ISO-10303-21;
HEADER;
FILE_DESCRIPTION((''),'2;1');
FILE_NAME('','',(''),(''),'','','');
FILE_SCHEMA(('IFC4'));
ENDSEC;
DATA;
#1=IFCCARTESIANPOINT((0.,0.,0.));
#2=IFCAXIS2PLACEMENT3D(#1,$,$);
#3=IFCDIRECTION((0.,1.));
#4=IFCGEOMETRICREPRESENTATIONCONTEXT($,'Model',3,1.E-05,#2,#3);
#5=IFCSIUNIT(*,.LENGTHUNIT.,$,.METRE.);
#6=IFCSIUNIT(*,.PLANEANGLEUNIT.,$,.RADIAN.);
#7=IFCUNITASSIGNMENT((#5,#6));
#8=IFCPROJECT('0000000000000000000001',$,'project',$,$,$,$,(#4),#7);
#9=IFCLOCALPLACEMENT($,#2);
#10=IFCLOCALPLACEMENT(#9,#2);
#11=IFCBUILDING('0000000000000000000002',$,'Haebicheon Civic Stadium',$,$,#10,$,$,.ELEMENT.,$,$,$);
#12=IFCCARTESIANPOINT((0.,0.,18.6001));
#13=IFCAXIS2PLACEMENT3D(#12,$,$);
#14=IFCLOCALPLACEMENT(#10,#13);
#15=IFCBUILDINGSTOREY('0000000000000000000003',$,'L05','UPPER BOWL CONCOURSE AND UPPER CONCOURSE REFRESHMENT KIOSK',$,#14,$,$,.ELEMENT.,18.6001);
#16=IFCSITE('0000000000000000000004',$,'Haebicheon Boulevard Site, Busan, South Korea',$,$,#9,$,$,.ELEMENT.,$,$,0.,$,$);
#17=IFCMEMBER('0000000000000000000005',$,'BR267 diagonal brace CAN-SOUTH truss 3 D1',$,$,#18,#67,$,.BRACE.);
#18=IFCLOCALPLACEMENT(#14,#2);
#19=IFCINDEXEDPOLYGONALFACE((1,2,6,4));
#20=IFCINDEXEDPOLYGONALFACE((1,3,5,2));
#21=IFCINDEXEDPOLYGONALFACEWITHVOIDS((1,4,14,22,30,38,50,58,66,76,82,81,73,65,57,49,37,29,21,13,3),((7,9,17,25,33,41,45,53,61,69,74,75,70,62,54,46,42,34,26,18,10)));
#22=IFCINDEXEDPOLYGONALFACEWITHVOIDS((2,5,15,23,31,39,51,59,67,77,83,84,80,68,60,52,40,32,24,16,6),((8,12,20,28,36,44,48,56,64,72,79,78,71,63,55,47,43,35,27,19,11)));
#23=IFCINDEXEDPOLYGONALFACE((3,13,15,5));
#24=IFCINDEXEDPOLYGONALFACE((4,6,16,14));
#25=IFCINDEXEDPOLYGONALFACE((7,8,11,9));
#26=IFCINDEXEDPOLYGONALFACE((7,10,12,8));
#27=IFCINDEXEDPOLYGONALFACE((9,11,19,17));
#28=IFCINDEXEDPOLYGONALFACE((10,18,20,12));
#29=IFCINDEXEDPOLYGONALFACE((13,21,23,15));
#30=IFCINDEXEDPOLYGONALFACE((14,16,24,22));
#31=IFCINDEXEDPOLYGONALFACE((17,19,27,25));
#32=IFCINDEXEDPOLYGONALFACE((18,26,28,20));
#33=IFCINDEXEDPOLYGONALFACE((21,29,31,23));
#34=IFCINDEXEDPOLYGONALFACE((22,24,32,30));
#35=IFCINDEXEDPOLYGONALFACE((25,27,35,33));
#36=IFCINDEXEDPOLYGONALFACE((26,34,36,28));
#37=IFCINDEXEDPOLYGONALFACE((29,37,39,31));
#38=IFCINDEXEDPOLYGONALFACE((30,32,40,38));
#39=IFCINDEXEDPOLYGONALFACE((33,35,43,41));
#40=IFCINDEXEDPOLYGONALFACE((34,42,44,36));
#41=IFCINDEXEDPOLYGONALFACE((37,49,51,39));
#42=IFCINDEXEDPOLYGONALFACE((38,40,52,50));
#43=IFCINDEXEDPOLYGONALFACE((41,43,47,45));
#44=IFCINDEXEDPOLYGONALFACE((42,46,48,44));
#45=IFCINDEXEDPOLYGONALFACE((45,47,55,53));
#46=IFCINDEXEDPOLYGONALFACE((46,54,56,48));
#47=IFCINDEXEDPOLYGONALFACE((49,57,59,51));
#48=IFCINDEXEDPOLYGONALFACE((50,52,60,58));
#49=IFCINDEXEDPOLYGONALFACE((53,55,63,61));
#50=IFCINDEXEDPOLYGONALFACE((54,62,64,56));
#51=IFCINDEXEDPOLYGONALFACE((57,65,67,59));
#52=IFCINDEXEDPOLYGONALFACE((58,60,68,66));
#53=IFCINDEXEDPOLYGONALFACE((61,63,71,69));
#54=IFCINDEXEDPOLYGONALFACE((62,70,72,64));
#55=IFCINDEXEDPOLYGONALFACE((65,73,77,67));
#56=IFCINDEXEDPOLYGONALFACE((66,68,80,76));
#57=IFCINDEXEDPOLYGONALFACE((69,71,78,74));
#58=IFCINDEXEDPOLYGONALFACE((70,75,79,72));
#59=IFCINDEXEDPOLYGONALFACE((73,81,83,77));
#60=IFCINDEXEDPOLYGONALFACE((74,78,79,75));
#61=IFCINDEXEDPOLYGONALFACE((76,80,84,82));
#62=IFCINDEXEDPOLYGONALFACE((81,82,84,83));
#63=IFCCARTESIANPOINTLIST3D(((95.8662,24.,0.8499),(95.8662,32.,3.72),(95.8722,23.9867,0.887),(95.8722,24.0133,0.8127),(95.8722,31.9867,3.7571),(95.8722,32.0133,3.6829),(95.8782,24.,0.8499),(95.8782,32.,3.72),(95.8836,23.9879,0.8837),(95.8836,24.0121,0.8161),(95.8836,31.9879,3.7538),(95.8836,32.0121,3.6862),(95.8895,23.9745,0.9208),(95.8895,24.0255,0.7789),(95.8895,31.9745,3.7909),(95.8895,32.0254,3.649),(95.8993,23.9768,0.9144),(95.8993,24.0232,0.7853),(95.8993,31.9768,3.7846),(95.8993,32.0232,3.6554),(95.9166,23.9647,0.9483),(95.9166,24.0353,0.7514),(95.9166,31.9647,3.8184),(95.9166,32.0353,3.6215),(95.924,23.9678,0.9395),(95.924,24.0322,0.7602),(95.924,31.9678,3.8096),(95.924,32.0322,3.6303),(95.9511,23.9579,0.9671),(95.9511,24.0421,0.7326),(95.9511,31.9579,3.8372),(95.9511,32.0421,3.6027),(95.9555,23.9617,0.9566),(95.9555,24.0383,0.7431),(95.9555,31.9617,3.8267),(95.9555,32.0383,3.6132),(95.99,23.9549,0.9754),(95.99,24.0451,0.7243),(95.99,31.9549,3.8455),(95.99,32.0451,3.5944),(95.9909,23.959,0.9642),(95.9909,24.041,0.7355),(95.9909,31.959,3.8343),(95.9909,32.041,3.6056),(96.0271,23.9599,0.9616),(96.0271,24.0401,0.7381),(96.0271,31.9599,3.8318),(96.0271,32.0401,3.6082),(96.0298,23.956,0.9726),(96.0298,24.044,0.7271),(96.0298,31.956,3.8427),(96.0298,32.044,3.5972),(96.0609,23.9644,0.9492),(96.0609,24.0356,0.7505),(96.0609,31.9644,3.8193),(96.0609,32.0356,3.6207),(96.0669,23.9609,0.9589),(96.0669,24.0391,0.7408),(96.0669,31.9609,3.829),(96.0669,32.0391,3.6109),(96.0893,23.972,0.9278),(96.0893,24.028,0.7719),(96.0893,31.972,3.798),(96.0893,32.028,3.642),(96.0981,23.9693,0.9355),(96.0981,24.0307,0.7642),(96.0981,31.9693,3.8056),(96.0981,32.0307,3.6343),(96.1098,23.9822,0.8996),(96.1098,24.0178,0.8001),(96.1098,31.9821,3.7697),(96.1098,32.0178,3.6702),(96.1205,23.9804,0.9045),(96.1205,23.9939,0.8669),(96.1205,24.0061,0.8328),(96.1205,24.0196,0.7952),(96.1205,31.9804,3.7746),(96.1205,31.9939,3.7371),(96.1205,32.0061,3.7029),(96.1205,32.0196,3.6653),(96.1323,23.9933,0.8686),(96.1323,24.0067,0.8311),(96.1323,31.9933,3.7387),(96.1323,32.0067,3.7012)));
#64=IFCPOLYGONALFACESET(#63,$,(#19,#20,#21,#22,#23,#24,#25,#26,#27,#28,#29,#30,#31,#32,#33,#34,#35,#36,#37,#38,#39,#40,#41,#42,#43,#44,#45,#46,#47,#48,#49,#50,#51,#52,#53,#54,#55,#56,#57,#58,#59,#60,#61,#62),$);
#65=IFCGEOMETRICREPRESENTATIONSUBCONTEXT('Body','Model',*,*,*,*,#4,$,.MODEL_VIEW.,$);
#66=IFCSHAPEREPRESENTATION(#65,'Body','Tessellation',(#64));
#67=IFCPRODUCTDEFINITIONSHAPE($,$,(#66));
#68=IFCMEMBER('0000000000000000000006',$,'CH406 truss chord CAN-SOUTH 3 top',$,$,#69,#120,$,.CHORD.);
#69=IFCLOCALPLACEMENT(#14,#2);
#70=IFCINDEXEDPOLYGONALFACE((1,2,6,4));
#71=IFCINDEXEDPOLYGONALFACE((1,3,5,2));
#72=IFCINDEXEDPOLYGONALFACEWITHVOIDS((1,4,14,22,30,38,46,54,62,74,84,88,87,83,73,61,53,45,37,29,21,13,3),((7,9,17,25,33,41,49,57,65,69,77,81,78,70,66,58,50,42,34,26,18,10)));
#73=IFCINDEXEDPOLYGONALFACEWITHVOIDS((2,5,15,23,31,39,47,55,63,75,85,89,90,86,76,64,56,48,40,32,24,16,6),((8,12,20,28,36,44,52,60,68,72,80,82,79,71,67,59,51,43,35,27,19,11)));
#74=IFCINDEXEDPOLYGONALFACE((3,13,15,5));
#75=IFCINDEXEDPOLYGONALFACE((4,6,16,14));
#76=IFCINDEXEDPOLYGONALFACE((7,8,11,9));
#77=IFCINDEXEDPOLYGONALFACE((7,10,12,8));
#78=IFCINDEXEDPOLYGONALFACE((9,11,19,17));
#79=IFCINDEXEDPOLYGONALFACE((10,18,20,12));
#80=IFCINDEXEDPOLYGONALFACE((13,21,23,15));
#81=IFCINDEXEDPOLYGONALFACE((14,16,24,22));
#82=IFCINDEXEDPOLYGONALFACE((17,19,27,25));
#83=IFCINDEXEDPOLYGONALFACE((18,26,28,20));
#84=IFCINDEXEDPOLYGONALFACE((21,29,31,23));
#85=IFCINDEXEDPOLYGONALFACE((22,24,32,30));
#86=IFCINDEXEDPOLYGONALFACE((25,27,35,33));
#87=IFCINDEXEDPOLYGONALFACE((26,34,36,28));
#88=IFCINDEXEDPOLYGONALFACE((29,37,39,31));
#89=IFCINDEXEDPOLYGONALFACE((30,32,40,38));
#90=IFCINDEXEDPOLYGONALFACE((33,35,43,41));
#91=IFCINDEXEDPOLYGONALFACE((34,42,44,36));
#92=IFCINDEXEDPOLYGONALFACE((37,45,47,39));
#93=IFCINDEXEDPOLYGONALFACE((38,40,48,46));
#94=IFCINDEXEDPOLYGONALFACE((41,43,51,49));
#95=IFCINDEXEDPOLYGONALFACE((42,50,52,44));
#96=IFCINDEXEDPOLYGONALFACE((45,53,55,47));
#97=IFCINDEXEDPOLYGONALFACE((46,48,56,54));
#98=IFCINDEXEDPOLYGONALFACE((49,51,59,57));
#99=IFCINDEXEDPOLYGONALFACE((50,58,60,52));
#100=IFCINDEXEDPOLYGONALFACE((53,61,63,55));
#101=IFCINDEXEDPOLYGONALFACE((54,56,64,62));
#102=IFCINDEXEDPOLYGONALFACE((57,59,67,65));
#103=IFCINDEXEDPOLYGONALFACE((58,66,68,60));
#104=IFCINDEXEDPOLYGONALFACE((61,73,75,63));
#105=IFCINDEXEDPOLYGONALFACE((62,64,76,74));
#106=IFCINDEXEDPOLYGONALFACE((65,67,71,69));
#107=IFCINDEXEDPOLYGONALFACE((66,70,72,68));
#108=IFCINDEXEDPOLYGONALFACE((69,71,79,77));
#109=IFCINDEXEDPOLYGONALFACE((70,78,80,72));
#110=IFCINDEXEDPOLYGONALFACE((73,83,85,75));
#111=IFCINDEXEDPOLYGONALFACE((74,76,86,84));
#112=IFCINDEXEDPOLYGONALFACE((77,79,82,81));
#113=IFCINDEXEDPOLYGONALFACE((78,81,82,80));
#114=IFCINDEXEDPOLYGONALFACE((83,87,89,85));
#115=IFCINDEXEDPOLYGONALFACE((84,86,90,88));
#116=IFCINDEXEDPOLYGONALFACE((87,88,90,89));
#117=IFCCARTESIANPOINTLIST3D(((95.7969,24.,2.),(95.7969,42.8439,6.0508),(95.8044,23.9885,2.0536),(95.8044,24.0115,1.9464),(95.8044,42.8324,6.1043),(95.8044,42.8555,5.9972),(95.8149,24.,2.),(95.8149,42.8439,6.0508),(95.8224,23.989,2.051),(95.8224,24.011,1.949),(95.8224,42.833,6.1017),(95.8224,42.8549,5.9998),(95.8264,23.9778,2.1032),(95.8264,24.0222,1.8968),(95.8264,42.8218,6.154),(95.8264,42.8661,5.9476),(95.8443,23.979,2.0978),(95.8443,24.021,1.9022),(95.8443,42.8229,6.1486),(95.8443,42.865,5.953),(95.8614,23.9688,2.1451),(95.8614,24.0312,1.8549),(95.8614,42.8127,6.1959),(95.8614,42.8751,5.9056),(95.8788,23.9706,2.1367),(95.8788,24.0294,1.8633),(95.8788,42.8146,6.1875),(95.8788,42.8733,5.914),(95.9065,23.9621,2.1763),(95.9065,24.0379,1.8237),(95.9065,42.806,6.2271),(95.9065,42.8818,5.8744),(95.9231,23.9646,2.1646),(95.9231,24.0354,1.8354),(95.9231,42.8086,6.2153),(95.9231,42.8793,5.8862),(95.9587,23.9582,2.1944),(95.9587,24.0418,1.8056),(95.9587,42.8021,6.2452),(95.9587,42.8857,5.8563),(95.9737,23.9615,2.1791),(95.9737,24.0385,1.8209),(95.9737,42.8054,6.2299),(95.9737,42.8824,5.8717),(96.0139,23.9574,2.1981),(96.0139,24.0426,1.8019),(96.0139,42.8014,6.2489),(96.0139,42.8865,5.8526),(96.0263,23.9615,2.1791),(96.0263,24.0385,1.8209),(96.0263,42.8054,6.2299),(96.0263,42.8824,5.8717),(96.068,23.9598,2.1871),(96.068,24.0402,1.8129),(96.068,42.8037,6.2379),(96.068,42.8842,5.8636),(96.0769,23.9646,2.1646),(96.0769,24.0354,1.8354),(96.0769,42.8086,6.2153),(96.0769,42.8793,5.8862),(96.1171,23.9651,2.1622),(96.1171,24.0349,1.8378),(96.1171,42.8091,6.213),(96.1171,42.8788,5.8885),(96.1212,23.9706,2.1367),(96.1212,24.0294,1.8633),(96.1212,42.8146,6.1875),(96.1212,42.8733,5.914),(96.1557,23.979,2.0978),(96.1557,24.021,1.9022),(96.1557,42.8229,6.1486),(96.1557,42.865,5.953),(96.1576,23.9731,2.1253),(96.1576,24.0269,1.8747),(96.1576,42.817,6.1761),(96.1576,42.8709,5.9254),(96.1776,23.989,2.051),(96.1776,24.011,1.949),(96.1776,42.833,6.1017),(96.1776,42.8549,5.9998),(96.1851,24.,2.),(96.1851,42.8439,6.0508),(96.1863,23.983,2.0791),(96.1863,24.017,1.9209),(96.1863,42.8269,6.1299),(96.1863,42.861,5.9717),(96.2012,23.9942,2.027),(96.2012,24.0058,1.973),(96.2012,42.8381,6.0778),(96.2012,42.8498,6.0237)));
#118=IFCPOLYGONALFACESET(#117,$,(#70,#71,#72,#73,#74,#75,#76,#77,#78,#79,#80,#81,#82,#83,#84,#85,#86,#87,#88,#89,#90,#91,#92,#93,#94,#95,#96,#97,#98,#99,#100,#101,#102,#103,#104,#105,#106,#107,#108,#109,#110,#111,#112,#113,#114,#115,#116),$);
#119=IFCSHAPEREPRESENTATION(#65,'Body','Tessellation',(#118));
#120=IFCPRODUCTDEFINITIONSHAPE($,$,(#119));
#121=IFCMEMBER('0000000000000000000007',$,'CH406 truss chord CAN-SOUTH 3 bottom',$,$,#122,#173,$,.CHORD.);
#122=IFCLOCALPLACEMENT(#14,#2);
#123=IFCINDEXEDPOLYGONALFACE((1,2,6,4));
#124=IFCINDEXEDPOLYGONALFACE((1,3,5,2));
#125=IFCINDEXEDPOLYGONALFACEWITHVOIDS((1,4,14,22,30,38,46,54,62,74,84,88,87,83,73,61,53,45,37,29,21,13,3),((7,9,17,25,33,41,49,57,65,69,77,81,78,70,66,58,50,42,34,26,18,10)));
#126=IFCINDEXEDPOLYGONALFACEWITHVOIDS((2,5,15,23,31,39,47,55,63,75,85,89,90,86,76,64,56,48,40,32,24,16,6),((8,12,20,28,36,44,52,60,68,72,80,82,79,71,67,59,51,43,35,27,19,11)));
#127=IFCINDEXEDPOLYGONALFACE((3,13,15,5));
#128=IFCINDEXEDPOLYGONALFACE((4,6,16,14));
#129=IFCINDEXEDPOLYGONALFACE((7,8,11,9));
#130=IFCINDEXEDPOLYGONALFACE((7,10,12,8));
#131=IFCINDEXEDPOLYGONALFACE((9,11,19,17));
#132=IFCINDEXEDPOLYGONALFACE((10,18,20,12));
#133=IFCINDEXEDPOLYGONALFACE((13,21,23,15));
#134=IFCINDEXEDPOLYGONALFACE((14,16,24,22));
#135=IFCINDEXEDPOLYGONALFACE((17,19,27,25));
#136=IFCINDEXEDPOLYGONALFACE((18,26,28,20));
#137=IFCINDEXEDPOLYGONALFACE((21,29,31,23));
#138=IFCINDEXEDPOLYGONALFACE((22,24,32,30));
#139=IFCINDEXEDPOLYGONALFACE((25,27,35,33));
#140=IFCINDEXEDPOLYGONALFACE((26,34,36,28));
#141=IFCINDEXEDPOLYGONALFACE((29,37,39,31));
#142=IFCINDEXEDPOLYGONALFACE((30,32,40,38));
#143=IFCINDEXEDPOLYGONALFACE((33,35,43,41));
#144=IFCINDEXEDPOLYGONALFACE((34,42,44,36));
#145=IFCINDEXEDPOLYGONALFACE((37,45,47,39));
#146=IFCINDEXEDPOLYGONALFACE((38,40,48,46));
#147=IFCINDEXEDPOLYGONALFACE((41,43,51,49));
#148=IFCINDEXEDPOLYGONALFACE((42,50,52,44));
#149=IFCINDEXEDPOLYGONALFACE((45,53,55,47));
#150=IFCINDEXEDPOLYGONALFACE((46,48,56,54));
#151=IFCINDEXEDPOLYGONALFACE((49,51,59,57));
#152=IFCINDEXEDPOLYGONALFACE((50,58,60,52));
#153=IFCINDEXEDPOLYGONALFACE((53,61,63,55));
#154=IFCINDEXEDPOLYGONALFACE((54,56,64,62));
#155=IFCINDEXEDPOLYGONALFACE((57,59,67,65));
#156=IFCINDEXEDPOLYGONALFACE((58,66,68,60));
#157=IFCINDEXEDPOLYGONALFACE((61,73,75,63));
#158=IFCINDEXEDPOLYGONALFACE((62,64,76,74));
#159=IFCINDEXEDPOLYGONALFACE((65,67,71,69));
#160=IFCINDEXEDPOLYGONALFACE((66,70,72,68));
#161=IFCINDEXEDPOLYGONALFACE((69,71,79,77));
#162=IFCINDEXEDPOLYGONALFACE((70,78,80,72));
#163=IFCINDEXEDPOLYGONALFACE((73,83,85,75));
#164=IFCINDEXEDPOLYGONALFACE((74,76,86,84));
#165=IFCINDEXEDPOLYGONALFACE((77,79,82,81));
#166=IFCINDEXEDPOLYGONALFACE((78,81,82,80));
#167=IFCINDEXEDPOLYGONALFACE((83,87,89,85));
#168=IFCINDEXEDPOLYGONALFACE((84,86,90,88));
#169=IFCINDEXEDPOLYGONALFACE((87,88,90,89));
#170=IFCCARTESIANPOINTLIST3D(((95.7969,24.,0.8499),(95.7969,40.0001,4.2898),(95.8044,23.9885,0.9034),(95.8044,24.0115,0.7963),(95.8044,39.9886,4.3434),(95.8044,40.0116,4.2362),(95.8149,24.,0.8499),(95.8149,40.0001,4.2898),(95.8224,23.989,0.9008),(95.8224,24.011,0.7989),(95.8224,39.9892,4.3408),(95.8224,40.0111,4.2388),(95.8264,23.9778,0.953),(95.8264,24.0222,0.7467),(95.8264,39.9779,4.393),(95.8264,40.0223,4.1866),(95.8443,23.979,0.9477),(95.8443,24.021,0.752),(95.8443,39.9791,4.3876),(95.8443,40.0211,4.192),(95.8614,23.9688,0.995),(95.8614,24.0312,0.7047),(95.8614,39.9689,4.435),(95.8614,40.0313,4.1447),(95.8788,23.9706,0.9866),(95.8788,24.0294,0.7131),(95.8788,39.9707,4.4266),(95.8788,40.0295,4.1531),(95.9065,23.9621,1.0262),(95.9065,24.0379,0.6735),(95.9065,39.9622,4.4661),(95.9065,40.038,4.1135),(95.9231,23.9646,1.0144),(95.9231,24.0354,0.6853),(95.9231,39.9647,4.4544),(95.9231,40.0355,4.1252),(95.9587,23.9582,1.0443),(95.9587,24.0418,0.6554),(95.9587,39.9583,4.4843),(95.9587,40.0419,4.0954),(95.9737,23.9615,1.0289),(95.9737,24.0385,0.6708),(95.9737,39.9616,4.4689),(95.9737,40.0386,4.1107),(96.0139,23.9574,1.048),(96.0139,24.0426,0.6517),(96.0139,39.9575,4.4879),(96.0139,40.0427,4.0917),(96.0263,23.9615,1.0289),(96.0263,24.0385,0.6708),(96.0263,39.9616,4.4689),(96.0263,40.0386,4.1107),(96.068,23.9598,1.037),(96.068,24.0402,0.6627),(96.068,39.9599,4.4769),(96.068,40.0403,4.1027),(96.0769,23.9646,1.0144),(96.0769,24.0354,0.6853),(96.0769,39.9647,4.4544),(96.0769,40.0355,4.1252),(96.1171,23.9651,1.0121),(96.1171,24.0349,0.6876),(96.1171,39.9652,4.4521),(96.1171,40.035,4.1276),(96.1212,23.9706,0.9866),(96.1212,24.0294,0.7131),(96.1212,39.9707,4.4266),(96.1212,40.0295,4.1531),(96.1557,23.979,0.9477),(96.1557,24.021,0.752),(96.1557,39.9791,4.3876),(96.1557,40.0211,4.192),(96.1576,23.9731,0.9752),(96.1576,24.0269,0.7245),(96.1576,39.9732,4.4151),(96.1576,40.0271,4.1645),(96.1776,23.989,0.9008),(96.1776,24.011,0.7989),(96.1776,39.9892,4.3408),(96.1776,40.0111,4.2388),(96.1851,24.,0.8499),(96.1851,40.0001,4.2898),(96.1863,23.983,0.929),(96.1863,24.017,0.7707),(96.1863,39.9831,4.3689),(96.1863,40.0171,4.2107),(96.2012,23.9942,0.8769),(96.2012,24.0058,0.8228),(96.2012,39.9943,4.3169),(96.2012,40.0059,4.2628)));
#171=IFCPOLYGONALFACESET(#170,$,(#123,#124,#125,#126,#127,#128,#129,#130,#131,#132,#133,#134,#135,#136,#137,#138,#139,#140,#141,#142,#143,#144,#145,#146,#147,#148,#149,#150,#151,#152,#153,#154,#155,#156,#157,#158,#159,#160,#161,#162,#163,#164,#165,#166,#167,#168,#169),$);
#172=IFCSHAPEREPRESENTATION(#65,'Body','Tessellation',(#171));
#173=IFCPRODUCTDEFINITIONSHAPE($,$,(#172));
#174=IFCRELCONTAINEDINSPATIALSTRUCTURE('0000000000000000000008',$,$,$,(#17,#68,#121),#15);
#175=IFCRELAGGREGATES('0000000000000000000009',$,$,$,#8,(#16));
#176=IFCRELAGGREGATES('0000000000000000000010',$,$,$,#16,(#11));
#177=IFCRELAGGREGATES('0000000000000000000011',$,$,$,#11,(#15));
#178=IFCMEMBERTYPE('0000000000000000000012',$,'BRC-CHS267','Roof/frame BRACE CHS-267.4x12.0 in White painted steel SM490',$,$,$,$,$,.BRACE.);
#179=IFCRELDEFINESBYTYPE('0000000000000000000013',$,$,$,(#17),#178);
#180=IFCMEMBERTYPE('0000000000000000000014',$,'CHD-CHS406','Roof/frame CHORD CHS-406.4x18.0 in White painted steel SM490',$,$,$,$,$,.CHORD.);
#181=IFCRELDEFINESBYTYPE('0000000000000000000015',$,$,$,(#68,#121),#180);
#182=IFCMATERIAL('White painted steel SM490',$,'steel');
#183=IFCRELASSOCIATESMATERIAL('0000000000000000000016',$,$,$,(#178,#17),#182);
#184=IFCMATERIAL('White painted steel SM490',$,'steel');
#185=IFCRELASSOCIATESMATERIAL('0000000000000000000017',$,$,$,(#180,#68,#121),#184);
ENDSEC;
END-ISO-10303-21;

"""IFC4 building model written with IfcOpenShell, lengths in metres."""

from ifc_helpers import new_model, si_unit, direction, frame, origin, origin_2d, place, context, subcontext, project, spatial, hollow_circle, extrude, material, material_profile, profile_set, type_object, element, save


model = new_model("IFC4")

# Units and contexts
model_context = context("Model", 3, precision=1e-05, world=origin(), true_north=direction((0.0, 1.0)))
body_context = subcontext(model_context, "Body", "Model", "MODEL_VIEW")
ifc_project = project(units=[si_unit("LENGTHUNIT", "METRE"), si_unit("PLANEANGLEUNIT", "RADIAN")], contexts=[model_context])

# Site, building, storey
site_placement = place(None, origin())
site = spatial("IfcSite", under=ifc_project, at=site_placement, Name="Haebicheon Boulevard Site, Busan, South Korea", CompositionType="ELEMENT", RefElevation=0.0)
building_placement = place(site_placement, origin())
building = spatial("IfcBuilding", under=site, at=building_placement, Name="Haebicheon Civic Stadium", CompositionType="ELEMENT")
storey_placement = place(building_placement, frame((0.0, 0.0, 18.6001)))
storey = spatial("IfcBuildingStorey", under=building, at=storey_placement, Name="L05", Description="UPPER BOWL CONCOURSE AND UPPER CONCOURSE REFRESHMENT KIOSK", CompositionType="ELEMENT", Elevation=18.6001)

# Members
ifc_material_1 = material(Name="White painted steel SM490", Category="steel")
ifc_material_profile_1 = material_profile(ifc_material_1, hollow_circle(Radius=0.1338, WallThickness=0.012, at=origin_2d()), Name="CHS-267.4x12.0")
ifc_profile_set_1 = profile_set([ifc_material_profile_1], Name="White painted steel SM490")
member_type_1 = type_object("IfcMemberType", Name="BRC-CHS267", Description="Roof/frame BRACE CHS-267.4x12.0 in White painted steel SM490", PredefinedType="BRACE", material=ifc_profile_set_1)
member_1_placement = place(storey_placement, frame((96.0, 24.0, 0.8499), z_axis=(0.0, 0.941257, 0.33769), x_axis=(-1.0, 0.0, 0.0)))
element("IfcMember", 1, at=member_1_placement, inside=storey, type_object=member_type_1, material=ifc_profile_set_1, Name="BR267 diagonal brace CAN-SOUTH truss 3 D1", PredefinedType="BRACE", context=body_context, shape_type="SweptSolid", body=[
    extrude(hollow_circle(Radius=0.1338, WallThickness=0.012, at=origin_2d()), origin(), (0.0, 0.0, 1.0), 8.4993),
])
ifc_material_2 = material(Name="White painted steel SM490", Category="steel")
ifc_material_profile_2 = material_profile(ifc_material_2, hollow_circle(Radius=0.2031, WallThickness=0.0181, at=origin_2d()), Name="CHS-406.4x18.0")
ifc_profile_set_2 = profile_set([ifc_material_profile_2], Name="White painted steel SM490")
member_type_2 = type_object("IfcMemberType", Name="CHD-CHS406", Description="Roof/frame CHORD CHS-406.4x18.0 in White painted steel SM490", PredefinedType="CHORD", material=ifc_profile_set_2)
member_2_placement = place(storey_placement, frame((96.0, 24.0, 2.0), z_axis=(0.0, 0.977666, 0.210163), x_axis=(-1.0, 0.0, 0.0)))
element("IfcMember", 2, at=member_2_placement, inside=storey, type_object=member_type_2, material=ifc_profile_set_2, Name="CH406 truss chord CAN-SOUTH 3 top", PredefinedType="CHORD", context=body_context, shape_type="SweptSolid", body=[
    extrude(hollow_circle(Radius=0.2031, WallThickness=0.0181, at=origin_2d()), origin(), (0.0, 0.0, 1.0), 19.2744),
])
member_3_placement = place(storey_placement, frame((96.0, 24.0, 0.8499), z_axis=(0.0, 0.97766, 0.210193), x_axis=(-1.0, 0.0, 0.0)))
element("IfcMember", 3, at=member_3_placement, inside=storey, type_object=member_type_2, material=ifc_profile_set_2, Name="CH406 truss chord CAN-SOUTH 3 bottom", PredefinedType="CHORD", context=body_context, shape_type="SweptSolid", body=[
    extrude(hollow_circle(Radius=0.2031, WallThickness=0.0181, at=origin_2d()), origin(), (0.0, 0.0, 1.0), 16.3657),
])

save(model, "model.ifc")
